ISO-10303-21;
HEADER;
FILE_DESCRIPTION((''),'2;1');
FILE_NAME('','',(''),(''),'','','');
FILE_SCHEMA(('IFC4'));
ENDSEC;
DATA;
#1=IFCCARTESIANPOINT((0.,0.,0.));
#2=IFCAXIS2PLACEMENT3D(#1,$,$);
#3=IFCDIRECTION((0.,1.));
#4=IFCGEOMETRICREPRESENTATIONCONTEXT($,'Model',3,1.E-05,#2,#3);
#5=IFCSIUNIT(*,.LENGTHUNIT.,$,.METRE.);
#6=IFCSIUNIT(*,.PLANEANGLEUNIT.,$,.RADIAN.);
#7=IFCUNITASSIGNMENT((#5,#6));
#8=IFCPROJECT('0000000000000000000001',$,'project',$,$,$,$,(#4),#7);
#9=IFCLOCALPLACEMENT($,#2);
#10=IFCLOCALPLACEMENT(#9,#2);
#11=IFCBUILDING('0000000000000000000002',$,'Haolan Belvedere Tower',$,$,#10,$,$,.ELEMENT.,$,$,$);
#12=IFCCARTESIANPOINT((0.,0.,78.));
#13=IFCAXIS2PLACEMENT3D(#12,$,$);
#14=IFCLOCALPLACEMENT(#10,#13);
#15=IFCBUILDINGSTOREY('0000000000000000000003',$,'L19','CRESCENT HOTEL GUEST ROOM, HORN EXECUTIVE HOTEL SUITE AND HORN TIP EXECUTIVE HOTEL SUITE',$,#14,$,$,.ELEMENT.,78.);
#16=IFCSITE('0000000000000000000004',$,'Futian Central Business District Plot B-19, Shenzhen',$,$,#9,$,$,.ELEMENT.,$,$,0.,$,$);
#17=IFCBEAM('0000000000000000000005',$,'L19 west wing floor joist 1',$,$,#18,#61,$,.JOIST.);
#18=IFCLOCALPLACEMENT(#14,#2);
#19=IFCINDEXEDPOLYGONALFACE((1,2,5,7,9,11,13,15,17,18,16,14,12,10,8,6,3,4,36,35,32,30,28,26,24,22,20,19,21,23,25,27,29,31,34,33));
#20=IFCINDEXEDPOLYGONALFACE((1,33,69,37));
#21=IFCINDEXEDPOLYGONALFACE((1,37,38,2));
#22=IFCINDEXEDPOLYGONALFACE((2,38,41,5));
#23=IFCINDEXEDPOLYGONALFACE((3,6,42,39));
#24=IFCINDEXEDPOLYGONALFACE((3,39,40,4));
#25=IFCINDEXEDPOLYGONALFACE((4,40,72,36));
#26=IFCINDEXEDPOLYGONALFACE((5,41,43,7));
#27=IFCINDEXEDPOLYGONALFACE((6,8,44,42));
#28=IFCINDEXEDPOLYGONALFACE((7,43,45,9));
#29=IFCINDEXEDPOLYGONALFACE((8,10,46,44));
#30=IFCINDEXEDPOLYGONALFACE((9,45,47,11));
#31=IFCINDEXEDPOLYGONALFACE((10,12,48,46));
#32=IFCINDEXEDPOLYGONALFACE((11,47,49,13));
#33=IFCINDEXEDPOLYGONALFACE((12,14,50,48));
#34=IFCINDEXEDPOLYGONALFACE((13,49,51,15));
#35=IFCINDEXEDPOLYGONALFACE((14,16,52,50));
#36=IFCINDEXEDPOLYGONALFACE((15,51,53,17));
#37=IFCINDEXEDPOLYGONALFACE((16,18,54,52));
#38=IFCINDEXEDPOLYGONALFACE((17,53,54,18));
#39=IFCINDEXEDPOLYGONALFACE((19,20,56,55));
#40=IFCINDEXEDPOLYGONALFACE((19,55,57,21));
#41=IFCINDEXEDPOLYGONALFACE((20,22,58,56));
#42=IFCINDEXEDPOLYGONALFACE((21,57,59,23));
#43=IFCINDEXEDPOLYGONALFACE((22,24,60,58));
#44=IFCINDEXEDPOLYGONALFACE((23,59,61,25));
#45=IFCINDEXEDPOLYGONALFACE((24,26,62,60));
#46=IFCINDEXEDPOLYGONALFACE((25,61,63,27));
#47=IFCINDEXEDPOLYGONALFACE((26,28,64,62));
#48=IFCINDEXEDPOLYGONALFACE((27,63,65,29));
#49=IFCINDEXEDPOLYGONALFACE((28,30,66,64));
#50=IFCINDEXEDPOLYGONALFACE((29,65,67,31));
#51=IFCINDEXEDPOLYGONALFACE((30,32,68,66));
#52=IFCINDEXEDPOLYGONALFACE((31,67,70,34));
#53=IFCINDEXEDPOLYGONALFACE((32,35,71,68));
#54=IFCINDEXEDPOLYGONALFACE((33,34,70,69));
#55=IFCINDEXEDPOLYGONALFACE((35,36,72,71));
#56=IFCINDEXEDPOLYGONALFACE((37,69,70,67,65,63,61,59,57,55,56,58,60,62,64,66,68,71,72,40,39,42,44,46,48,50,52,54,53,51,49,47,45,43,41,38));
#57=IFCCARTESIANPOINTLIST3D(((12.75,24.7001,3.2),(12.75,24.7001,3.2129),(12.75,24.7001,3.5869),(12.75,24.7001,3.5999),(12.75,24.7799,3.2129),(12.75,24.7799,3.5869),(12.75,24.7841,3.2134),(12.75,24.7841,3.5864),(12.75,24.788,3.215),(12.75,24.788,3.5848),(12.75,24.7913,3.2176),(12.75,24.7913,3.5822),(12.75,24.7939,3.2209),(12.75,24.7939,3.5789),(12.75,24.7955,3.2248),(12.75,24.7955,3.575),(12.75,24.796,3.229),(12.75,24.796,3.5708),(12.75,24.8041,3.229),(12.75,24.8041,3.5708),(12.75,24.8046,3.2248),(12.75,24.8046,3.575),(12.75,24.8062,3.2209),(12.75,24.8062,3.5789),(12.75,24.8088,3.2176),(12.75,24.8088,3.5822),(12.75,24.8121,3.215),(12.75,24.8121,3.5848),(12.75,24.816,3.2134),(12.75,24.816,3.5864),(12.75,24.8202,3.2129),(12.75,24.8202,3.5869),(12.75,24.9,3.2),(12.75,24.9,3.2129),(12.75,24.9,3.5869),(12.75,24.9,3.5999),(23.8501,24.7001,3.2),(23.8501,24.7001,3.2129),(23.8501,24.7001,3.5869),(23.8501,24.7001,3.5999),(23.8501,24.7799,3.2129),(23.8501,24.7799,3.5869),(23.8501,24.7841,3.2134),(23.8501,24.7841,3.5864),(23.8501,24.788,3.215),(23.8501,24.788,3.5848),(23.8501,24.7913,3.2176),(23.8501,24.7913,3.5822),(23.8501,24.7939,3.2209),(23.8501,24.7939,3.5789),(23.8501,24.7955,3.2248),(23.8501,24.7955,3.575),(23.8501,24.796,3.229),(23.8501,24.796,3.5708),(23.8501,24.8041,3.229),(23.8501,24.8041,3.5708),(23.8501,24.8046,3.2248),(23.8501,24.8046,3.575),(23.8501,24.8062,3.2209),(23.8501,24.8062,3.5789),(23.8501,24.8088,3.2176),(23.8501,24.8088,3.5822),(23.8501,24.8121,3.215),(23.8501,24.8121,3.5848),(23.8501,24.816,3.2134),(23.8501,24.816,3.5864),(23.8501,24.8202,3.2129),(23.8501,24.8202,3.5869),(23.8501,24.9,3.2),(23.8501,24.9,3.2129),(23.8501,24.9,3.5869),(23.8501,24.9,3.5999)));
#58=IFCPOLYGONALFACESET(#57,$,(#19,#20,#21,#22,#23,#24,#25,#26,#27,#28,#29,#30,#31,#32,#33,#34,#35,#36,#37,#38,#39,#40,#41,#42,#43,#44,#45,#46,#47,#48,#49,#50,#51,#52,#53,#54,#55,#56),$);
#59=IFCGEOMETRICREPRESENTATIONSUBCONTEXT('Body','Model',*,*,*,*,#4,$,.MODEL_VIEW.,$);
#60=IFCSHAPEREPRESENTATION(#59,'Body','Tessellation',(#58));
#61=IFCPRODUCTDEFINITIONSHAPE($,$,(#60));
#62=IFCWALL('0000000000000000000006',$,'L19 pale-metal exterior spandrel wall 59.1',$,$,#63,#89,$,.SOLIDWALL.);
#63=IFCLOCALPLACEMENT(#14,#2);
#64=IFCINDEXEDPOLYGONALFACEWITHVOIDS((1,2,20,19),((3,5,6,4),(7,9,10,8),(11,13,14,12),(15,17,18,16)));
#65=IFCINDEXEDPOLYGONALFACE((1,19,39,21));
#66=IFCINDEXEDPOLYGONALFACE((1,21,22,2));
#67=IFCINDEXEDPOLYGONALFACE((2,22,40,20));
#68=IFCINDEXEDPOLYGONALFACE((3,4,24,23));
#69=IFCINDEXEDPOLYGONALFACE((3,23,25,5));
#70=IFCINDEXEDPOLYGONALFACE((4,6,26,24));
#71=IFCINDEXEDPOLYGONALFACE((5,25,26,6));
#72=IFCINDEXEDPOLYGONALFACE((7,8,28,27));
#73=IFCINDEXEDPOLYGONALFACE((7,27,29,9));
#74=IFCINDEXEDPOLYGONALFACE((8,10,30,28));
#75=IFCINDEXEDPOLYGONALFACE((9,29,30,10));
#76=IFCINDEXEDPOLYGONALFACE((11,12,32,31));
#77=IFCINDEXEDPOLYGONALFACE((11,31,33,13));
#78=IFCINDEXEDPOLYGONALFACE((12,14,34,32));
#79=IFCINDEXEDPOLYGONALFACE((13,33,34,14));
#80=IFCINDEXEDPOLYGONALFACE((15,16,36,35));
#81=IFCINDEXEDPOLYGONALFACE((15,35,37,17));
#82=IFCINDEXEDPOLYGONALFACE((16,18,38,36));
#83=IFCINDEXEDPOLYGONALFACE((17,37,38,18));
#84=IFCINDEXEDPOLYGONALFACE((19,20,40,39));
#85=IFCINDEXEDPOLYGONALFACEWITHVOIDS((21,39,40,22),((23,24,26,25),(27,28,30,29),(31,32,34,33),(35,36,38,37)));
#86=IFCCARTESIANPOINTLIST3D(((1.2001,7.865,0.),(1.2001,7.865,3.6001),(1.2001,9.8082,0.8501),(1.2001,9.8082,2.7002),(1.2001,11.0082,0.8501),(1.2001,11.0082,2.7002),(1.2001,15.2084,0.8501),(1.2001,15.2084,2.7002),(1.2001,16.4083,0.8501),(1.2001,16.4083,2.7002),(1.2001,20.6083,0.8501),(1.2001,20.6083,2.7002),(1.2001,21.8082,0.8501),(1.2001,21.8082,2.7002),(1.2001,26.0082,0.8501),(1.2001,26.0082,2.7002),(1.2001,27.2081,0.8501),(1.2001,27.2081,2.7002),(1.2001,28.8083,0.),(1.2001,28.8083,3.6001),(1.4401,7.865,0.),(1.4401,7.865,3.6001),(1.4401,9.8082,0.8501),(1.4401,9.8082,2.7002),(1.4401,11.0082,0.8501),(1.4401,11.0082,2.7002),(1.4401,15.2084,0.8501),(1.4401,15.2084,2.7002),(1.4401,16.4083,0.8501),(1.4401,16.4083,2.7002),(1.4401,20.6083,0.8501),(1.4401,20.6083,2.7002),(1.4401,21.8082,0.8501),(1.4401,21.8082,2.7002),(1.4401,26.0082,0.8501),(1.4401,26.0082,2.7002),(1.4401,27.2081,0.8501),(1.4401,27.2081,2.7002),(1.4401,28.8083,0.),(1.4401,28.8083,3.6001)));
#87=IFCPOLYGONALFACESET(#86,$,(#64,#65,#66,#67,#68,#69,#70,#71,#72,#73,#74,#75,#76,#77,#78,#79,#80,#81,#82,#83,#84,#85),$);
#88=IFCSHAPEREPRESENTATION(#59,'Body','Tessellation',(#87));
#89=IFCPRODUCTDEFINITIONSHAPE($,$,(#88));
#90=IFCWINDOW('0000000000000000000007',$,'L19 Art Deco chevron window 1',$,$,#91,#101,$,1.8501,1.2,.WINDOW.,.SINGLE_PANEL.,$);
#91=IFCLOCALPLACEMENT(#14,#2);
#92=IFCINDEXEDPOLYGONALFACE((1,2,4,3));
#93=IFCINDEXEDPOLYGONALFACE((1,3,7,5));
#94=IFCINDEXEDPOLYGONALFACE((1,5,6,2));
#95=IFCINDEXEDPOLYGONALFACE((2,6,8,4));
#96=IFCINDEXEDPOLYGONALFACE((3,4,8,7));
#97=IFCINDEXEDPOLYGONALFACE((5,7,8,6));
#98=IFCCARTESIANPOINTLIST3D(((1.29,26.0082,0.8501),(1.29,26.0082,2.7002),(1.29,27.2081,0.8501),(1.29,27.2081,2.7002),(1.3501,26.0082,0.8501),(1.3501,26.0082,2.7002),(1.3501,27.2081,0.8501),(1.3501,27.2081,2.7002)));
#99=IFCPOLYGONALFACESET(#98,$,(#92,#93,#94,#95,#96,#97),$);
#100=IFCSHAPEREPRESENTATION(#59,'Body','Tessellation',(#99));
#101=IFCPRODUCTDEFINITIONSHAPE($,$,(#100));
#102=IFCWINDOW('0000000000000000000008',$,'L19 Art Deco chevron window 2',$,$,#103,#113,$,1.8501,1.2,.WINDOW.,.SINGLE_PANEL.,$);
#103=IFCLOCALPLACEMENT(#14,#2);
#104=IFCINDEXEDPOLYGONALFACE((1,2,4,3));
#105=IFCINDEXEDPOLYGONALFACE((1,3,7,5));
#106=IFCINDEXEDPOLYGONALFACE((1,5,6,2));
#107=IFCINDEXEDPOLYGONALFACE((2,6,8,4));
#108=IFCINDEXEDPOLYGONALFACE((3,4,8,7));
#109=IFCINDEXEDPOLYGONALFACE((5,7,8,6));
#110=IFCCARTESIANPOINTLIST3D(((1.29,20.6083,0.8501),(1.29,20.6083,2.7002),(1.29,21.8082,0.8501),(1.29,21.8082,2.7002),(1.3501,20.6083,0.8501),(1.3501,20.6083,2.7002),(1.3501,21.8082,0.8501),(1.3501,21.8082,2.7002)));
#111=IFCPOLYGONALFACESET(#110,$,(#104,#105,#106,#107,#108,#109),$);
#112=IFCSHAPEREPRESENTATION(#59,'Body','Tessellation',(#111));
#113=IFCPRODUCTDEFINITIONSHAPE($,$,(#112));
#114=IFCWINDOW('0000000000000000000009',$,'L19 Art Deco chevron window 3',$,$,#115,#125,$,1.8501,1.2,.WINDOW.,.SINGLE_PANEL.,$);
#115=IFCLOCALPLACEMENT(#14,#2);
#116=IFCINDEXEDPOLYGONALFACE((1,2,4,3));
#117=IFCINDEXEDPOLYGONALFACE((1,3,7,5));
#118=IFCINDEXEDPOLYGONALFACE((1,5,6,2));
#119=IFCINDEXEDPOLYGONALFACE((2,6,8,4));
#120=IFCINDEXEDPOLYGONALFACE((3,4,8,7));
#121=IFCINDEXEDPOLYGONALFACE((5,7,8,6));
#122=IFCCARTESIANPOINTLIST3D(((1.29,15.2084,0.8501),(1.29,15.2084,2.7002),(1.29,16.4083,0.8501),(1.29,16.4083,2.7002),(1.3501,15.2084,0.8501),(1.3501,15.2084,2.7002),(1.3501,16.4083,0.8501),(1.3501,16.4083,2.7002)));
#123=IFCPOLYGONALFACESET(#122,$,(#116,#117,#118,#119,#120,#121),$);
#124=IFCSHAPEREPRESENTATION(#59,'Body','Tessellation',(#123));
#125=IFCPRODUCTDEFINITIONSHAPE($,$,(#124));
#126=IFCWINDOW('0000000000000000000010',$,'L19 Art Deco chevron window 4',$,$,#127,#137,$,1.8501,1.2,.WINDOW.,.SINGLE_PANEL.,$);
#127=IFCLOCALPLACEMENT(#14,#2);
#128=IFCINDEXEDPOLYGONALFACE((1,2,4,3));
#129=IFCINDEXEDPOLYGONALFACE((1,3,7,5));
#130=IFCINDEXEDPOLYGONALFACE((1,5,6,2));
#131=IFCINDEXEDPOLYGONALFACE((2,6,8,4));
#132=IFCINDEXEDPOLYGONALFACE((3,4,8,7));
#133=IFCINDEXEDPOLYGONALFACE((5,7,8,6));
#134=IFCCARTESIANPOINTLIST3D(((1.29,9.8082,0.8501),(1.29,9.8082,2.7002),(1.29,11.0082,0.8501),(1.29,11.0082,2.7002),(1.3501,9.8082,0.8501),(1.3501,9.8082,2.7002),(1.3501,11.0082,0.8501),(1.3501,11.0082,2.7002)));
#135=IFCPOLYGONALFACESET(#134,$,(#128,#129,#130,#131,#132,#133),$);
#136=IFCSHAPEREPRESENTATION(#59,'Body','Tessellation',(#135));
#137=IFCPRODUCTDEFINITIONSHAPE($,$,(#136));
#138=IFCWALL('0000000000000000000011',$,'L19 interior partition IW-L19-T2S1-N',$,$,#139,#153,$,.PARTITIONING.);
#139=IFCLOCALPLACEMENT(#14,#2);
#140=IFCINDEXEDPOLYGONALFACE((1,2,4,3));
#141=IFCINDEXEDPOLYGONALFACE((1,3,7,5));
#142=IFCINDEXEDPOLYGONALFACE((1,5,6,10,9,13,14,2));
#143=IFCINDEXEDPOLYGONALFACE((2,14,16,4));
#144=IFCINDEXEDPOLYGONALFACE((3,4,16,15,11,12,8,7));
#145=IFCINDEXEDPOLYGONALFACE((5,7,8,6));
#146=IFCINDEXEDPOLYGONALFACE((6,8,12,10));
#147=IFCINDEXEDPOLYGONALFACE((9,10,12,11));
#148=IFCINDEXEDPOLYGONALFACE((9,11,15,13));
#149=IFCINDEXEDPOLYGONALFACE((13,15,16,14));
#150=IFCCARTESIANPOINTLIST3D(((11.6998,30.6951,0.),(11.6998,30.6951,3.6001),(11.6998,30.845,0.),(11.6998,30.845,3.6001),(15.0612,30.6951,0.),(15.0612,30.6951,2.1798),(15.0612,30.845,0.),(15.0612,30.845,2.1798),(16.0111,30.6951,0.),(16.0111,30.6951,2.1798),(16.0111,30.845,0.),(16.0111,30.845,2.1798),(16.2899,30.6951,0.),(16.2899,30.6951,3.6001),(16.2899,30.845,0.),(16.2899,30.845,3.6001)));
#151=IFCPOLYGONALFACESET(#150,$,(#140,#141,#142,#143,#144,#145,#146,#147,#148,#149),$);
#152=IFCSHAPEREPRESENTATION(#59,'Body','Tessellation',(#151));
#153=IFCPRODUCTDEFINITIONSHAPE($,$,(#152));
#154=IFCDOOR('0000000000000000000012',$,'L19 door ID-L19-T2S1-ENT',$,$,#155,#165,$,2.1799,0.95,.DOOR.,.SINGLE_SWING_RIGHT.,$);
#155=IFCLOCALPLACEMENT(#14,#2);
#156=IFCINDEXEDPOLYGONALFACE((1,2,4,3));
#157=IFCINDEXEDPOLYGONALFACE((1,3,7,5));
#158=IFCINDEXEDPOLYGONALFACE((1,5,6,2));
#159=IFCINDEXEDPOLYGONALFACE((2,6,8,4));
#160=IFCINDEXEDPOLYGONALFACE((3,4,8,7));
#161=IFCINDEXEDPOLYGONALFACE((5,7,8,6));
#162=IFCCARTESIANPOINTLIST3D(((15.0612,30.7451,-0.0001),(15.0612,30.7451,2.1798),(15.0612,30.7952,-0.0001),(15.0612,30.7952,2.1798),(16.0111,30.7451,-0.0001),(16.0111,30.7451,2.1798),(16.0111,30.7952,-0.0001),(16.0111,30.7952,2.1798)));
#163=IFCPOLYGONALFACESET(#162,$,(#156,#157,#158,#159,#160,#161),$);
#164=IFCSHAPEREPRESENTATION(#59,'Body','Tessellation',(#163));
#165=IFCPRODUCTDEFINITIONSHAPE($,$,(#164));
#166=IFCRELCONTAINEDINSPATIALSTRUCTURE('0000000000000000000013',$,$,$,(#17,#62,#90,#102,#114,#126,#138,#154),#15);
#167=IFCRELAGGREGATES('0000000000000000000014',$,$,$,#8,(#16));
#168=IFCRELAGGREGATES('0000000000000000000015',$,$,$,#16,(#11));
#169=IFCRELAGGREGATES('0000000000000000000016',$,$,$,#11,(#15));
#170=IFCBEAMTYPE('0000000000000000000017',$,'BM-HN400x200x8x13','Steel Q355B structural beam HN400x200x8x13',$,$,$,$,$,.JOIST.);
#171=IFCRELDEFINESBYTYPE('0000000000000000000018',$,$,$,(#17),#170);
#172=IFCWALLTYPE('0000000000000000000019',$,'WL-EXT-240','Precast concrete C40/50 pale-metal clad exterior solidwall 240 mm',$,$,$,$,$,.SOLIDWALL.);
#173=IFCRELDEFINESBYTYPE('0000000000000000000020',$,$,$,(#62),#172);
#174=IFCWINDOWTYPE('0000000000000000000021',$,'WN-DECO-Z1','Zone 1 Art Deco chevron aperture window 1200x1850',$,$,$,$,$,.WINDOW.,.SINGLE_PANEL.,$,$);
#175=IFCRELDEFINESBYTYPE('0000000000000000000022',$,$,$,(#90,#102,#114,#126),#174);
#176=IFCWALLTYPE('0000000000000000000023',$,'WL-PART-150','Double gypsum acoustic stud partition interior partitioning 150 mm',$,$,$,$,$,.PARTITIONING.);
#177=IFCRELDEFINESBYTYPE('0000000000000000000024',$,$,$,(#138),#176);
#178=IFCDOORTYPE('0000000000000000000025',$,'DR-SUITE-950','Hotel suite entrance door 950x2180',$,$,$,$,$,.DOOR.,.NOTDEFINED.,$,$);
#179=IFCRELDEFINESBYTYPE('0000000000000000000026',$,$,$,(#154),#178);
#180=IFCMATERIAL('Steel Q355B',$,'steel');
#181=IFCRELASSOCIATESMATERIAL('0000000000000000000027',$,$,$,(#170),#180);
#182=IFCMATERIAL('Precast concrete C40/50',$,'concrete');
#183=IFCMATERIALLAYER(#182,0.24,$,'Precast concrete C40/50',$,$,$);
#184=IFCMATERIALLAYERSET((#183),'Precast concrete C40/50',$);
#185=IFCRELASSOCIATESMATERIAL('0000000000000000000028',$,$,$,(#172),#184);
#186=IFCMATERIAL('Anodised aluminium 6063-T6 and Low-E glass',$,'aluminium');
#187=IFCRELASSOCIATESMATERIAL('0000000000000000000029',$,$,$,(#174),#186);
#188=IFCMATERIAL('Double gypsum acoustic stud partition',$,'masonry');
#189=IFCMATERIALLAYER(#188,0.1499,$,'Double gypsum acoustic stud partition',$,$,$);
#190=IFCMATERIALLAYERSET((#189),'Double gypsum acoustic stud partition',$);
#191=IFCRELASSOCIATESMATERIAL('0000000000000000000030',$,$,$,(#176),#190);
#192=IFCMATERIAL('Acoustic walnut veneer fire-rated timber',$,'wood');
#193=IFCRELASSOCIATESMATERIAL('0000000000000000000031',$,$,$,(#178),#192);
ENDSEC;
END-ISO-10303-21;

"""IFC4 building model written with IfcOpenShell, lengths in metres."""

from ifc_helpers import new_model, si_unit, direction, frame, frame_2d, origin, origin_2d, place, context, subcontext, project, spatial, rectangle, i_section, extrude, material, layer, layer_set, material_profile, profile_set, type_object, element, fill, save


model = new_model("IFC4")

# Units and contexts
model_context = context("Model", 3, precision=1e-05, world=origin(), true_north=direction((0.0, 1.0)))
body_context = subcontext(model_context, "Body", "Model", "MODEL_VIEW")
ifc_project = project(units=[si_unit("LENGTHUNIT", "METRE"), si_unit("PLANEANGLEUNIT", "RADIAN")], contexts=[model_context])

# Site, building, storey
site_placement = place(None, origin())
site = spatial("IfcSite", under=ifc_project, at=site_placement, Name="Futian Central Business District Plot B-19, Shenzhen", CompositionType="ELEMENT", RefElevation=0.0)
building_placement = place(site_placement, origin())
building = spatial("IfcBuilding", under=site, at=building_placement, Name="Haolan Belvedere Tower", CompositionType="ELEMENT")
storey_placement = place(building_placement, frame((0.0, 0.0, 78.0)))
storey = spatial("IfcBuildingStorey", under=building, at=storey_placement, Name="L19", Description="CRESCENT HOTEL GUEST ROOM, HORN EXECUTIVE HOTEL SUITE AND HORN TIP EXECUTIVE HOTEL SUITE", CompositionType="ELEMENT", Elevation=78.0)

# Shared definitions
ifc_material_1 = material(Name="Steel Q355B", Category="steel")

# Beam
ifc_material_profile_1 = material_profile(ifc_material_1, i_section(OverallWidth=0.2, OverallDepth=0.3999, WebThickness=0.0081, FlangeThickness=0.0129, FilletRadius=0.0161, at=origin_2d()), Name="Steel Q355B")
ifc_profile_set_1 = profile_set([ifc_material_profile_1], Name="Steel Q355B")
beam_type_1 = type_object("IfcBeamType", Name="BM-HN400x200x8x13", Description="Steel Q355B structural beam HN400x200x8x13", PredefinedType="JOIST", material=ifc_profile_set_1)
beam_1_placement = place(storey_placement, frame((12.75, 24.8, 3.3999), z_axis=(1.0, 0.0, 0.0), x_axis=(0.0, 1.0, 0.0)))
element("IfcBeam", 1, at=beam_1_placement, inside=storey, type_object=beam_type_1, Name="L19 west wing floor joist 1", PredefinedType="JOIST", context=body_context, shape_type="SweptSolid", body=[
    extrude(i_section(OverallWidth=0.2, OverallDepth=0.3999, WebThickness=0.0081, FlangeThickness=0.0129, FilletRadius=0.0161, at=origin_2d()), origin(), (0.0, 0.0, 1.0), 11.1001),
])

# Wall, openings, windows
ifc_material_2 = material(Name="Precast concrete C40/50", Category="concrete")
ifc_layer_1 = layer(ifc_material_2, 0.24, Name="Precast concrete C40/50")
ifc_layer_set_1 = layer_set([ifc_layer_1], Name="Precast concrete C40/50")
wall_type_1 = type_object("IfcWallType", Name="WL-EXT-240", Description="Precast concrete C40/50 pale-metal clad exterior solidwall 240 mm", PredefinedType="SOLIDWALL", material=ifc_layer_set_1)
wall_1_placement = place(storey_placement, frame((1.3201, 28.8083, 0.0), z_axis=(0.0, 0.0, 1.0), x_axis=(0.0, -1.0, 0.0)))
wall_1 = element("IfcWall", 2, at=wall_1_placement, inside=storey, type_object=wall_type_1, Name="L19 pale-metal exterior spandrel wall 59.1", PredefinedType="SOLIDWALL", context=body_context, shape_type="SweptSolid", body=[
    extrude(rectangle(XDim=20.9434, YDim=0.24, at=frame_2d((10.4717, 0.0))), origin(), (0.0, 0.0, 1.0), 3.6001),
])
opening_1_placement = place(wall_1_placement, frame((1.6001, 0.0, 0.8501)))
opening_1 = element("IfcOpeningElement", 3, at=opening_1_placement, cuts=wall_1, PredefinedType="OPENING", context=body_context, shape_type="SweptSolid", body=[
    extrude(rectangle(XDim=1.2, YDim=1.8501, at=frame_2d((0.6001, 0.925))), frame((0.0, 0.1299, 0.0), z_axis=(0.0, -1.0, 0.0), x_axis=(1.0, 0.0, 0.0)), (0.0, 0.0, 1.0), 0.26),
])
opening_2_placement = place(wall_1_placement, frame((7.0, 0.0, 0.8501)))
opening_2 = element("IfcOpeningElement", 4, at=opening_2_placement, cuts=wall_1, PredefinedType="OPENING", context=body_context, shape_type="SweptSolid", body=[
    extrude(rectangle(XDim=1.2, YDim=1.8501, at=frame_2d((0.6001, 0.925))), frame((0.0, 0.1299, 0.0), z_axis=(0.0, -1.0, 0.0), x_axis=(1.0, 0.0, 0.0)), (0.0, 0.0, 1.0), 0.26),
])
opening_3_placement = place(wall_1_placement, frame((12.3999, 0.0, 0.8501)))
opening_3 = element("IfcOpeningElement", 5, at=opening_3_placement, cuts=wall_1, PredefinedType="OPENING", context=body_context, shape_type="SweptSolid", body=[
    extrude(rectangle(XDim=1.2, YDim=1.8501, at=frame_2d((0.6001, 0.925))), frame((0.0, 0.1299, 0.0), z_axis=(0.0, -1.0, 0.0), x_axis=(1.0, 0.0, 0.0)), (0.0, 0.0, 1.0), 0.26),
])
opening_4_placement = place(wall_1_placement, frame((17.8, 0.0, 0.8501)))
opening_4 = element("IfcOpeningElement", 6, at=opening_4_placement, cuts=wall_1, PredefinedType="OPENING", context=body_context, shape_type="SweptSolid", body=[
    extrude(rectangle(XDim=1.2, YDim=1.8501, at=frame_2d((0.6001, 0.925))), frame((0.0, 0.1299, 0.0), z_axis=(0.0, -1.0, 0.0), x_axis=(1.0, 0.0, 0.0)), (0.0, 0.0, 1.0), 0.26),
])
ifc_material_3 = material(Name="Anodised aluminium 6063-T6 and Low-E glass", Category="aluminium")
window_type = type_object("IfcWindowType", Name="WN-DECO-Z1", Description="Zone 1 Art Deco chevron aperture window 1200x1850", PartitioningType="SINGLE_PANEL", PredefinedType="WINDOW", material=ifc_material_3)
window_1_placement = place(opening_1_placement, origin())
window_1 = element("IfcWindow", 7, at=window_1_placement, inside=storey, type_object=window_type, Name="L19 Art Deco chevron window 1", OverallHeight=1.8501, OverallWidth=1.2, PartitioningType="SINGLE_PANEL", PredefinedType="WINDOW", context=body_context, shape_type="SweptSolid", body=[
    extrude(rectangle(XDim=1.2, YDim=1.8501, at=frame_2d((0.6001, 0.925))), frame((0.0, 0.03, 0.0), z_axis=(0.0, -1.0, 0.0), x_axis=(1.0, 0.0, 0.0)), (0.0, 0.0, 1.0), 0.0601),
])
fill(opening_1, window_1)
window_2_placement = place(opening_2_placement, origin())
window_2 = element("IfcWindow", 8, at=window_2_placement, inside=storey, type_object=window_type, Name="L19 Art Deco chevron window 2", OverallHeight=1.8501, OverallWidth=1.2, PartitioningType="SINGLE_PANEL", PredefinedType="WINDOW", context=body_context, shape_type="SweptSolid", body=[
    extrude(rectangle(XDim=1.2, YDim=1.8501, at=frame_2d((0.6001, 0.925))), frame((0.0, 0.03, 0.0), z_axis=(0.0, -1.0, 0.0), x_axis=(1.0, 0.0, 0.0)), (0.0, 0.0, 1.0), 0.0601),
])
fill(opening_2, window_2)
window_3_placement = place(opening_3_placement, origin())
window_3 = element("IfcWindow", 9, at=window_3_placement, inside=storey, type_object=window_type, Name="L19 Art Deco chevron window 3", OverallHeight=1.8501, OverallWidth=1.2, PartitioningType="SINGLE_PANEL", PredefinedType="WINDOW", context=body_context, shape_type="SweptSolid", body=[
    extrude(rectangle(XDim=1.2, YDim=1.8501, at=frame_2d((0.6001, 0.925))), frame((0.0, 0.03, 0.0), z_axis=(0.0, -1.0, 0.0), x_axis=(1.0, 0.0, 0.0)), (0.0, 0.0, 1.0), 0.0601),
])
fill(opening_3, window_3)
window_4_placement = place(opening_4_placement, origin())
window_4 = element("IfcWindow", 10, at=window_4_placement, inside=storey, type_object=window_type, Name="L19 Art Deco chevron window 4", OverallHeight=1.8501, OverallWidth=1.2, PartitioningType="SINGLE_PANEL", PredefinedType="WINDOW", context=body_context, shape_type="SweptSolid", body=[
    extrude(rectangle(XDim=1.2, YDim=1.8501, at=frame_2d((0.6001, 0.925))), frame((0.0, 0.03, 0.0), z_axis=(0.0, -1.0, 0.0), x_axis=(1.0, 0.0, 0.0)), (0.0, 0.0, 1.0), 0.0601),
])
fill(opening_4, window_4)

# Wall, opening, door
ifc_material_4 = material(Name="Double gypsum acoustic stud partition", Category="masonry")
ifc_layer_2 = layer(ifc_material_4, 0.1499, Name="Double gypsum acoustic stud partition")
ifc_layer_set_2 = layer_set([ifc_layer_2], Name="Double gypsum acoustic stud partition")
wall_type_2 = type_object("IfcWallType", Name="WL-PART-150", Description="Double gypsum acoustic stud partition interior partitioning 150 mm", PredefinedType="PARTITIONING", material=ifc_layer_set_2)
wall_2_placement = place(storey_placement, frame((11.7, 30.77, 0.0), z_axis=(0.0, 0.0, 1.0), x_axis=(1.0, 0.0, 0.0)))
wall_2 = element("IfcWall", 11, at=wall_2_placement, inside=storey, type_object=wall_type_2, Name="L19 interior partition IW-L19-T2S1-N", PredefinedType="PARTITIONING", context=body_context, shape_type="SweptSolid", body=[
    extrude(rectangle(XDim=4.5901, YDim=0.1499, at=frame_2d((2.2949, 0.0))), origin(), (0.0, 0.0, 1.0), 3.6001),
])
opening_5_placement = place(wall_2_placement, frame((4.3113, 0.0, 0.0), z_axis=(0.0, 0.0, 1.0), x_axis=(-1.0, 0.0, 0.0)))
opening_5 = element("IfcOpeningElement", 12, at=opening_5_placement, cuts=wall_2, PredefinedType="OPENING", context=body_context, shape_type="SweptSolid", body=[
    extrude(rectangle(XDim=0.95, YDim=2.1799, at=frame_2d((0.4751, 1.0898))), frame((0.0, 0.085, 0.0), z_axis=(0.0, -1.0, 0.0), x_axis=(1.0, 0.0, 0.0)), (0.0, 0.0, 1.0), 0.1699),
])
ifc_material_5 = material(Name="Acoustic walnut veneer fire-rated timber", Category="wood")
door_type_1 = type_object("IfcDoorType", Name="DR-SUITE-950", Description="Hotel suite entrance door 950x2180", OperationType="NOTDEFINED", PredefinedType="DOOR", material=ifc_material_5)
door_1_placement = place(opening_5_placement, origin())
door_1 = element("IfcDoor", 13, at=door_1_placement, inside=storey, type_object=door_type_1, Name="L19 door ID-L19-T2S1-ENT", OperationType="SINGLE_SWING_RIGHT", OverallHeight=2.1799, OverallWidth=0.95, PredefinedType="DOOR", context=body_context, shape_type="SweptSolid", body=[
    extrude(rectangle(XDim=0.95, YDim=2.1799, at=frame_2d((0.4751, 1.0898))), frame((0.0, 0.0249, 0.0), z_axis=(0.0, -1.0, 0.0), x_axis=(1.0, 0.0, 0.0)), (0.0, 0.0, 1.0), 0.05),
])
fill(opening_5, door_1)

save(model, "model.ifc")
